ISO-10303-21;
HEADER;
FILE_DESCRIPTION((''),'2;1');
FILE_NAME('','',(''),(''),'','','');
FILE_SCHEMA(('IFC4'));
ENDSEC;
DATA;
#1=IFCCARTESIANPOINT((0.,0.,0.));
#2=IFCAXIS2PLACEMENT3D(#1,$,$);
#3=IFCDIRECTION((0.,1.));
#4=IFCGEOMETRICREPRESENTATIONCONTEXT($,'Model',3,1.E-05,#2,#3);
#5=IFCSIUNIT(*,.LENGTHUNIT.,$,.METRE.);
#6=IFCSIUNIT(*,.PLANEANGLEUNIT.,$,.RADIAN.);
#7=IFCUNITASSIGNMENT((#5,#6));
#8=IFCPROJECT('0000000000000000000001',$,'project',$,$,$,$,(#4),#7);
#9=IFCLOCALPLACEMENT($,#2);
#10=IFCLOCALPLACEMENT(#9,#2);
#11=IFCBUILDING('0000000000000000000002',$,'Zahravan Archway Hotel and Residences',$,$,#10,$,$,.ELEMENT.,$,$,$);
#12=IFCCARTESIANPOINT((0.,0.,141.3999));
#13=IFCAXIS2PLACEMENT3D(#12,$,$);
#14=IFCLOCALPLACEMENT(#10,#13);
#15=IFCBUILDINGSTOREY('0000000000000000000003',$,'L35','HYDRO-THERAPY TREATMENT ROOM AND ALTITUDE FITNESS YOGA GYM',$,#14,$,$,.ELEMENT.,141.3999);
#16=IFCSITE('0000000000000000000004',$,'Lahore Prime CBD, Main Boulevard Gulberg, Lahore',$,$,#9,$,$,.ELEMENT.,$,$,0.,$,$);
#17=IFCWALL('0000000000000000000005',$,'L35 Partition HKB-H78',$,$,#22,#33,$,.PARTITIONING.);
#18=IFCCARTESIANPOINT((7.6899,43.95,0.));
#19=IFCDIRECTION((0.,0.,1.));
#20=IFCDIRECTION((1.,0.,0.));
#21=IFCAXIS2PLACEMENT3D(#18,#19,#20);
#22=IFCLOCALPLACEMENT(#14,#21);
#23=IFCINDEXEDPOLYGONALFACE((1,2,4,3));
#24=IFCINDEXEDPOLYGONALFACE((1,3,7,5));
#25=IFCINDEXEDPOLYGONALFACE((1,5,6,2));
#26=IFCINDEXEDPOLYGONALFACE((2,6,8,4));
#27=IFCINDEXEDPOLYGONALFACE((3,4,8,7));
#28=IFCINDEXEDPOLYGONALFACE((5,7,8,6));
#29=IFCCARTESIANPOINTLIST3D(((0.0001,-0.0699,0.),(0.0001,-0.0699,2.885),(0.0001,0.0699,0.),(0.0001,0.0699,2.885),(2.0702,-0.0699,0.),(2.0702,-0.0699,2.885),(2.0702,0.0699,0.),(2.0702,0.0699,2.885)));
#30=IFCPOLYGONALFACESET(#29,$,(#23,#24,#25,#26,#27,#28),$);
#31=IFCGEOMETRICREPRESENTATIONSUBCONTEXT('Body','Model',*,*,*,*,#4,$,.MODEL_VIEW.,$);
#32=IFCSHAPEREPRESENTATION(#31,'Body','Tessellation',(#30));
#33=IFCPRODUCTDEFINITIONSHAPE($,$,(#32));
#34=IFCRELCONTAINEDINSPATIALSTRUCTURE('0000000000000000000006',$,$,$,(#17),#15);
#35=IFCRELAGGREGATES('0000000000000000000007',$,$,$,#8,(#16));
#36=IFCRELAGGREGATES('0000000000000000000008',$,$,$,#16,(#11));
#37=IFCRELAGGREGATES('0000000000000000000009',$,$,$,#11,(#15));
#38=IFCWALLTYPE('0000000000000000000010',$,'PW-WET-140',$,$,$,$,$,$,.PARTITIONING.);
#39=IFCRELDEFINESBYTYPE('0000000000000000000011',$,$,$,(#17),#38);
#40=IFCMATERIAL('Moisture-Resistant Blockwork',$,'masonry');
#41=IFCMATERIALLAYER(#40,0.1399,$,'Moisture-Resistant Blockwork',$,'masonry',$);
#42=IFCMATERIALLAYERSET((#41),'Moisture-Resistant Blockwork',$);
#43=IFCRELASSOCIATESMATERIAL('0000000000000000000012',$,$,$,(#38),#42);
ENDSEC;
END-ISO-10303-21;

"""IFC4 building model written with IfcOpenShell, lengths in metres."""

from ifc_helpers import new_model, si_unit, direction, frame, frame_2d, origin, place, context, subcontext, project, spatial, rectangle, extrude, material, layer, layer_set, type_object, element, save


model = new_model("IFC4")

# Units and contexts
model_context = context("Model", 3, precision=1e-05, world=origin(), true_north=direction((0.0, 1.0)))
body_context = subcontext(model_context, "Body", "Model", "MODEL_VIEW")
ifc_project = project(units=[si_unit("LENGTHUNIT", "METRE"), si_unit("PLANEANGLEUNIT", "RADIAN")], contexts=[model_context])

# Site, building, storey
site_placement = place(None, origin())
site = spatial("IfcSite", under=ifc_project, at=site_placement, Name="Lahore Prime CBD, Main Boulevard Gulberg, Lahore", CompositionType="ELEMENT", RefElevation=0.0)
building_placement = place(site_placement, origin())
building = spatial("IfcBuilding", under=site, at=building_placement, Name="Zahravan Archway Hotel and Residences", CompositionType="ELEMENT")
storey_placement = place(building_placement, frame((0.0, 0.0, 141.3999)))
storey = spatial("IfcBuildingStorey", under=building, at=storey_placement, Name="L35", Description="HYDRO-THERAPY TREATMENT ROOM AND ALTITUDE FITNESS YOGA GYM", CompositionType="ELEMENT", Elevation=141.3999)

# Wall
ifc_material_1 = material(Name="Moisture-Resistant Blockwork", Category="masonry")
ifc_layer_1 = layer(ifc_material_1, 0.1399, Name="Moisture-Resistant Blockwork", Category="masonry")
ifc_layer_set_1 = layer_set([ifc_layer_1], Name="Moisture-Resistant Blockwork")
wall_type_1 = type_object("IfcWallType", Name="PW-WET-140", PredefinedType="PARTITIONING", material=ifc_layer_set_1)
wall_1_placement = place(storey_placement, frame((7.6899, 43.95, 0.0), z_axis=(0.0, 0.0, 1.0), x_axis=(1.0, 0.0, 0.0)))
element("IfcWall", 1, at=wall_1_placement, inside=storey, type_object=wall_type_1, Name="L35 Partition HKB-H78", PredefinedType="PARTITIONING", context=body_context, shape_type="SweptSolid", body=[
    extrude(rectangle(XDim=2.0701, YDim=0.1399, at=frame_2d((1.0352, 0.0))), origin(), (0.0, 0.0, 1.0), 2.885),
])

save(model, "model.ifc")
